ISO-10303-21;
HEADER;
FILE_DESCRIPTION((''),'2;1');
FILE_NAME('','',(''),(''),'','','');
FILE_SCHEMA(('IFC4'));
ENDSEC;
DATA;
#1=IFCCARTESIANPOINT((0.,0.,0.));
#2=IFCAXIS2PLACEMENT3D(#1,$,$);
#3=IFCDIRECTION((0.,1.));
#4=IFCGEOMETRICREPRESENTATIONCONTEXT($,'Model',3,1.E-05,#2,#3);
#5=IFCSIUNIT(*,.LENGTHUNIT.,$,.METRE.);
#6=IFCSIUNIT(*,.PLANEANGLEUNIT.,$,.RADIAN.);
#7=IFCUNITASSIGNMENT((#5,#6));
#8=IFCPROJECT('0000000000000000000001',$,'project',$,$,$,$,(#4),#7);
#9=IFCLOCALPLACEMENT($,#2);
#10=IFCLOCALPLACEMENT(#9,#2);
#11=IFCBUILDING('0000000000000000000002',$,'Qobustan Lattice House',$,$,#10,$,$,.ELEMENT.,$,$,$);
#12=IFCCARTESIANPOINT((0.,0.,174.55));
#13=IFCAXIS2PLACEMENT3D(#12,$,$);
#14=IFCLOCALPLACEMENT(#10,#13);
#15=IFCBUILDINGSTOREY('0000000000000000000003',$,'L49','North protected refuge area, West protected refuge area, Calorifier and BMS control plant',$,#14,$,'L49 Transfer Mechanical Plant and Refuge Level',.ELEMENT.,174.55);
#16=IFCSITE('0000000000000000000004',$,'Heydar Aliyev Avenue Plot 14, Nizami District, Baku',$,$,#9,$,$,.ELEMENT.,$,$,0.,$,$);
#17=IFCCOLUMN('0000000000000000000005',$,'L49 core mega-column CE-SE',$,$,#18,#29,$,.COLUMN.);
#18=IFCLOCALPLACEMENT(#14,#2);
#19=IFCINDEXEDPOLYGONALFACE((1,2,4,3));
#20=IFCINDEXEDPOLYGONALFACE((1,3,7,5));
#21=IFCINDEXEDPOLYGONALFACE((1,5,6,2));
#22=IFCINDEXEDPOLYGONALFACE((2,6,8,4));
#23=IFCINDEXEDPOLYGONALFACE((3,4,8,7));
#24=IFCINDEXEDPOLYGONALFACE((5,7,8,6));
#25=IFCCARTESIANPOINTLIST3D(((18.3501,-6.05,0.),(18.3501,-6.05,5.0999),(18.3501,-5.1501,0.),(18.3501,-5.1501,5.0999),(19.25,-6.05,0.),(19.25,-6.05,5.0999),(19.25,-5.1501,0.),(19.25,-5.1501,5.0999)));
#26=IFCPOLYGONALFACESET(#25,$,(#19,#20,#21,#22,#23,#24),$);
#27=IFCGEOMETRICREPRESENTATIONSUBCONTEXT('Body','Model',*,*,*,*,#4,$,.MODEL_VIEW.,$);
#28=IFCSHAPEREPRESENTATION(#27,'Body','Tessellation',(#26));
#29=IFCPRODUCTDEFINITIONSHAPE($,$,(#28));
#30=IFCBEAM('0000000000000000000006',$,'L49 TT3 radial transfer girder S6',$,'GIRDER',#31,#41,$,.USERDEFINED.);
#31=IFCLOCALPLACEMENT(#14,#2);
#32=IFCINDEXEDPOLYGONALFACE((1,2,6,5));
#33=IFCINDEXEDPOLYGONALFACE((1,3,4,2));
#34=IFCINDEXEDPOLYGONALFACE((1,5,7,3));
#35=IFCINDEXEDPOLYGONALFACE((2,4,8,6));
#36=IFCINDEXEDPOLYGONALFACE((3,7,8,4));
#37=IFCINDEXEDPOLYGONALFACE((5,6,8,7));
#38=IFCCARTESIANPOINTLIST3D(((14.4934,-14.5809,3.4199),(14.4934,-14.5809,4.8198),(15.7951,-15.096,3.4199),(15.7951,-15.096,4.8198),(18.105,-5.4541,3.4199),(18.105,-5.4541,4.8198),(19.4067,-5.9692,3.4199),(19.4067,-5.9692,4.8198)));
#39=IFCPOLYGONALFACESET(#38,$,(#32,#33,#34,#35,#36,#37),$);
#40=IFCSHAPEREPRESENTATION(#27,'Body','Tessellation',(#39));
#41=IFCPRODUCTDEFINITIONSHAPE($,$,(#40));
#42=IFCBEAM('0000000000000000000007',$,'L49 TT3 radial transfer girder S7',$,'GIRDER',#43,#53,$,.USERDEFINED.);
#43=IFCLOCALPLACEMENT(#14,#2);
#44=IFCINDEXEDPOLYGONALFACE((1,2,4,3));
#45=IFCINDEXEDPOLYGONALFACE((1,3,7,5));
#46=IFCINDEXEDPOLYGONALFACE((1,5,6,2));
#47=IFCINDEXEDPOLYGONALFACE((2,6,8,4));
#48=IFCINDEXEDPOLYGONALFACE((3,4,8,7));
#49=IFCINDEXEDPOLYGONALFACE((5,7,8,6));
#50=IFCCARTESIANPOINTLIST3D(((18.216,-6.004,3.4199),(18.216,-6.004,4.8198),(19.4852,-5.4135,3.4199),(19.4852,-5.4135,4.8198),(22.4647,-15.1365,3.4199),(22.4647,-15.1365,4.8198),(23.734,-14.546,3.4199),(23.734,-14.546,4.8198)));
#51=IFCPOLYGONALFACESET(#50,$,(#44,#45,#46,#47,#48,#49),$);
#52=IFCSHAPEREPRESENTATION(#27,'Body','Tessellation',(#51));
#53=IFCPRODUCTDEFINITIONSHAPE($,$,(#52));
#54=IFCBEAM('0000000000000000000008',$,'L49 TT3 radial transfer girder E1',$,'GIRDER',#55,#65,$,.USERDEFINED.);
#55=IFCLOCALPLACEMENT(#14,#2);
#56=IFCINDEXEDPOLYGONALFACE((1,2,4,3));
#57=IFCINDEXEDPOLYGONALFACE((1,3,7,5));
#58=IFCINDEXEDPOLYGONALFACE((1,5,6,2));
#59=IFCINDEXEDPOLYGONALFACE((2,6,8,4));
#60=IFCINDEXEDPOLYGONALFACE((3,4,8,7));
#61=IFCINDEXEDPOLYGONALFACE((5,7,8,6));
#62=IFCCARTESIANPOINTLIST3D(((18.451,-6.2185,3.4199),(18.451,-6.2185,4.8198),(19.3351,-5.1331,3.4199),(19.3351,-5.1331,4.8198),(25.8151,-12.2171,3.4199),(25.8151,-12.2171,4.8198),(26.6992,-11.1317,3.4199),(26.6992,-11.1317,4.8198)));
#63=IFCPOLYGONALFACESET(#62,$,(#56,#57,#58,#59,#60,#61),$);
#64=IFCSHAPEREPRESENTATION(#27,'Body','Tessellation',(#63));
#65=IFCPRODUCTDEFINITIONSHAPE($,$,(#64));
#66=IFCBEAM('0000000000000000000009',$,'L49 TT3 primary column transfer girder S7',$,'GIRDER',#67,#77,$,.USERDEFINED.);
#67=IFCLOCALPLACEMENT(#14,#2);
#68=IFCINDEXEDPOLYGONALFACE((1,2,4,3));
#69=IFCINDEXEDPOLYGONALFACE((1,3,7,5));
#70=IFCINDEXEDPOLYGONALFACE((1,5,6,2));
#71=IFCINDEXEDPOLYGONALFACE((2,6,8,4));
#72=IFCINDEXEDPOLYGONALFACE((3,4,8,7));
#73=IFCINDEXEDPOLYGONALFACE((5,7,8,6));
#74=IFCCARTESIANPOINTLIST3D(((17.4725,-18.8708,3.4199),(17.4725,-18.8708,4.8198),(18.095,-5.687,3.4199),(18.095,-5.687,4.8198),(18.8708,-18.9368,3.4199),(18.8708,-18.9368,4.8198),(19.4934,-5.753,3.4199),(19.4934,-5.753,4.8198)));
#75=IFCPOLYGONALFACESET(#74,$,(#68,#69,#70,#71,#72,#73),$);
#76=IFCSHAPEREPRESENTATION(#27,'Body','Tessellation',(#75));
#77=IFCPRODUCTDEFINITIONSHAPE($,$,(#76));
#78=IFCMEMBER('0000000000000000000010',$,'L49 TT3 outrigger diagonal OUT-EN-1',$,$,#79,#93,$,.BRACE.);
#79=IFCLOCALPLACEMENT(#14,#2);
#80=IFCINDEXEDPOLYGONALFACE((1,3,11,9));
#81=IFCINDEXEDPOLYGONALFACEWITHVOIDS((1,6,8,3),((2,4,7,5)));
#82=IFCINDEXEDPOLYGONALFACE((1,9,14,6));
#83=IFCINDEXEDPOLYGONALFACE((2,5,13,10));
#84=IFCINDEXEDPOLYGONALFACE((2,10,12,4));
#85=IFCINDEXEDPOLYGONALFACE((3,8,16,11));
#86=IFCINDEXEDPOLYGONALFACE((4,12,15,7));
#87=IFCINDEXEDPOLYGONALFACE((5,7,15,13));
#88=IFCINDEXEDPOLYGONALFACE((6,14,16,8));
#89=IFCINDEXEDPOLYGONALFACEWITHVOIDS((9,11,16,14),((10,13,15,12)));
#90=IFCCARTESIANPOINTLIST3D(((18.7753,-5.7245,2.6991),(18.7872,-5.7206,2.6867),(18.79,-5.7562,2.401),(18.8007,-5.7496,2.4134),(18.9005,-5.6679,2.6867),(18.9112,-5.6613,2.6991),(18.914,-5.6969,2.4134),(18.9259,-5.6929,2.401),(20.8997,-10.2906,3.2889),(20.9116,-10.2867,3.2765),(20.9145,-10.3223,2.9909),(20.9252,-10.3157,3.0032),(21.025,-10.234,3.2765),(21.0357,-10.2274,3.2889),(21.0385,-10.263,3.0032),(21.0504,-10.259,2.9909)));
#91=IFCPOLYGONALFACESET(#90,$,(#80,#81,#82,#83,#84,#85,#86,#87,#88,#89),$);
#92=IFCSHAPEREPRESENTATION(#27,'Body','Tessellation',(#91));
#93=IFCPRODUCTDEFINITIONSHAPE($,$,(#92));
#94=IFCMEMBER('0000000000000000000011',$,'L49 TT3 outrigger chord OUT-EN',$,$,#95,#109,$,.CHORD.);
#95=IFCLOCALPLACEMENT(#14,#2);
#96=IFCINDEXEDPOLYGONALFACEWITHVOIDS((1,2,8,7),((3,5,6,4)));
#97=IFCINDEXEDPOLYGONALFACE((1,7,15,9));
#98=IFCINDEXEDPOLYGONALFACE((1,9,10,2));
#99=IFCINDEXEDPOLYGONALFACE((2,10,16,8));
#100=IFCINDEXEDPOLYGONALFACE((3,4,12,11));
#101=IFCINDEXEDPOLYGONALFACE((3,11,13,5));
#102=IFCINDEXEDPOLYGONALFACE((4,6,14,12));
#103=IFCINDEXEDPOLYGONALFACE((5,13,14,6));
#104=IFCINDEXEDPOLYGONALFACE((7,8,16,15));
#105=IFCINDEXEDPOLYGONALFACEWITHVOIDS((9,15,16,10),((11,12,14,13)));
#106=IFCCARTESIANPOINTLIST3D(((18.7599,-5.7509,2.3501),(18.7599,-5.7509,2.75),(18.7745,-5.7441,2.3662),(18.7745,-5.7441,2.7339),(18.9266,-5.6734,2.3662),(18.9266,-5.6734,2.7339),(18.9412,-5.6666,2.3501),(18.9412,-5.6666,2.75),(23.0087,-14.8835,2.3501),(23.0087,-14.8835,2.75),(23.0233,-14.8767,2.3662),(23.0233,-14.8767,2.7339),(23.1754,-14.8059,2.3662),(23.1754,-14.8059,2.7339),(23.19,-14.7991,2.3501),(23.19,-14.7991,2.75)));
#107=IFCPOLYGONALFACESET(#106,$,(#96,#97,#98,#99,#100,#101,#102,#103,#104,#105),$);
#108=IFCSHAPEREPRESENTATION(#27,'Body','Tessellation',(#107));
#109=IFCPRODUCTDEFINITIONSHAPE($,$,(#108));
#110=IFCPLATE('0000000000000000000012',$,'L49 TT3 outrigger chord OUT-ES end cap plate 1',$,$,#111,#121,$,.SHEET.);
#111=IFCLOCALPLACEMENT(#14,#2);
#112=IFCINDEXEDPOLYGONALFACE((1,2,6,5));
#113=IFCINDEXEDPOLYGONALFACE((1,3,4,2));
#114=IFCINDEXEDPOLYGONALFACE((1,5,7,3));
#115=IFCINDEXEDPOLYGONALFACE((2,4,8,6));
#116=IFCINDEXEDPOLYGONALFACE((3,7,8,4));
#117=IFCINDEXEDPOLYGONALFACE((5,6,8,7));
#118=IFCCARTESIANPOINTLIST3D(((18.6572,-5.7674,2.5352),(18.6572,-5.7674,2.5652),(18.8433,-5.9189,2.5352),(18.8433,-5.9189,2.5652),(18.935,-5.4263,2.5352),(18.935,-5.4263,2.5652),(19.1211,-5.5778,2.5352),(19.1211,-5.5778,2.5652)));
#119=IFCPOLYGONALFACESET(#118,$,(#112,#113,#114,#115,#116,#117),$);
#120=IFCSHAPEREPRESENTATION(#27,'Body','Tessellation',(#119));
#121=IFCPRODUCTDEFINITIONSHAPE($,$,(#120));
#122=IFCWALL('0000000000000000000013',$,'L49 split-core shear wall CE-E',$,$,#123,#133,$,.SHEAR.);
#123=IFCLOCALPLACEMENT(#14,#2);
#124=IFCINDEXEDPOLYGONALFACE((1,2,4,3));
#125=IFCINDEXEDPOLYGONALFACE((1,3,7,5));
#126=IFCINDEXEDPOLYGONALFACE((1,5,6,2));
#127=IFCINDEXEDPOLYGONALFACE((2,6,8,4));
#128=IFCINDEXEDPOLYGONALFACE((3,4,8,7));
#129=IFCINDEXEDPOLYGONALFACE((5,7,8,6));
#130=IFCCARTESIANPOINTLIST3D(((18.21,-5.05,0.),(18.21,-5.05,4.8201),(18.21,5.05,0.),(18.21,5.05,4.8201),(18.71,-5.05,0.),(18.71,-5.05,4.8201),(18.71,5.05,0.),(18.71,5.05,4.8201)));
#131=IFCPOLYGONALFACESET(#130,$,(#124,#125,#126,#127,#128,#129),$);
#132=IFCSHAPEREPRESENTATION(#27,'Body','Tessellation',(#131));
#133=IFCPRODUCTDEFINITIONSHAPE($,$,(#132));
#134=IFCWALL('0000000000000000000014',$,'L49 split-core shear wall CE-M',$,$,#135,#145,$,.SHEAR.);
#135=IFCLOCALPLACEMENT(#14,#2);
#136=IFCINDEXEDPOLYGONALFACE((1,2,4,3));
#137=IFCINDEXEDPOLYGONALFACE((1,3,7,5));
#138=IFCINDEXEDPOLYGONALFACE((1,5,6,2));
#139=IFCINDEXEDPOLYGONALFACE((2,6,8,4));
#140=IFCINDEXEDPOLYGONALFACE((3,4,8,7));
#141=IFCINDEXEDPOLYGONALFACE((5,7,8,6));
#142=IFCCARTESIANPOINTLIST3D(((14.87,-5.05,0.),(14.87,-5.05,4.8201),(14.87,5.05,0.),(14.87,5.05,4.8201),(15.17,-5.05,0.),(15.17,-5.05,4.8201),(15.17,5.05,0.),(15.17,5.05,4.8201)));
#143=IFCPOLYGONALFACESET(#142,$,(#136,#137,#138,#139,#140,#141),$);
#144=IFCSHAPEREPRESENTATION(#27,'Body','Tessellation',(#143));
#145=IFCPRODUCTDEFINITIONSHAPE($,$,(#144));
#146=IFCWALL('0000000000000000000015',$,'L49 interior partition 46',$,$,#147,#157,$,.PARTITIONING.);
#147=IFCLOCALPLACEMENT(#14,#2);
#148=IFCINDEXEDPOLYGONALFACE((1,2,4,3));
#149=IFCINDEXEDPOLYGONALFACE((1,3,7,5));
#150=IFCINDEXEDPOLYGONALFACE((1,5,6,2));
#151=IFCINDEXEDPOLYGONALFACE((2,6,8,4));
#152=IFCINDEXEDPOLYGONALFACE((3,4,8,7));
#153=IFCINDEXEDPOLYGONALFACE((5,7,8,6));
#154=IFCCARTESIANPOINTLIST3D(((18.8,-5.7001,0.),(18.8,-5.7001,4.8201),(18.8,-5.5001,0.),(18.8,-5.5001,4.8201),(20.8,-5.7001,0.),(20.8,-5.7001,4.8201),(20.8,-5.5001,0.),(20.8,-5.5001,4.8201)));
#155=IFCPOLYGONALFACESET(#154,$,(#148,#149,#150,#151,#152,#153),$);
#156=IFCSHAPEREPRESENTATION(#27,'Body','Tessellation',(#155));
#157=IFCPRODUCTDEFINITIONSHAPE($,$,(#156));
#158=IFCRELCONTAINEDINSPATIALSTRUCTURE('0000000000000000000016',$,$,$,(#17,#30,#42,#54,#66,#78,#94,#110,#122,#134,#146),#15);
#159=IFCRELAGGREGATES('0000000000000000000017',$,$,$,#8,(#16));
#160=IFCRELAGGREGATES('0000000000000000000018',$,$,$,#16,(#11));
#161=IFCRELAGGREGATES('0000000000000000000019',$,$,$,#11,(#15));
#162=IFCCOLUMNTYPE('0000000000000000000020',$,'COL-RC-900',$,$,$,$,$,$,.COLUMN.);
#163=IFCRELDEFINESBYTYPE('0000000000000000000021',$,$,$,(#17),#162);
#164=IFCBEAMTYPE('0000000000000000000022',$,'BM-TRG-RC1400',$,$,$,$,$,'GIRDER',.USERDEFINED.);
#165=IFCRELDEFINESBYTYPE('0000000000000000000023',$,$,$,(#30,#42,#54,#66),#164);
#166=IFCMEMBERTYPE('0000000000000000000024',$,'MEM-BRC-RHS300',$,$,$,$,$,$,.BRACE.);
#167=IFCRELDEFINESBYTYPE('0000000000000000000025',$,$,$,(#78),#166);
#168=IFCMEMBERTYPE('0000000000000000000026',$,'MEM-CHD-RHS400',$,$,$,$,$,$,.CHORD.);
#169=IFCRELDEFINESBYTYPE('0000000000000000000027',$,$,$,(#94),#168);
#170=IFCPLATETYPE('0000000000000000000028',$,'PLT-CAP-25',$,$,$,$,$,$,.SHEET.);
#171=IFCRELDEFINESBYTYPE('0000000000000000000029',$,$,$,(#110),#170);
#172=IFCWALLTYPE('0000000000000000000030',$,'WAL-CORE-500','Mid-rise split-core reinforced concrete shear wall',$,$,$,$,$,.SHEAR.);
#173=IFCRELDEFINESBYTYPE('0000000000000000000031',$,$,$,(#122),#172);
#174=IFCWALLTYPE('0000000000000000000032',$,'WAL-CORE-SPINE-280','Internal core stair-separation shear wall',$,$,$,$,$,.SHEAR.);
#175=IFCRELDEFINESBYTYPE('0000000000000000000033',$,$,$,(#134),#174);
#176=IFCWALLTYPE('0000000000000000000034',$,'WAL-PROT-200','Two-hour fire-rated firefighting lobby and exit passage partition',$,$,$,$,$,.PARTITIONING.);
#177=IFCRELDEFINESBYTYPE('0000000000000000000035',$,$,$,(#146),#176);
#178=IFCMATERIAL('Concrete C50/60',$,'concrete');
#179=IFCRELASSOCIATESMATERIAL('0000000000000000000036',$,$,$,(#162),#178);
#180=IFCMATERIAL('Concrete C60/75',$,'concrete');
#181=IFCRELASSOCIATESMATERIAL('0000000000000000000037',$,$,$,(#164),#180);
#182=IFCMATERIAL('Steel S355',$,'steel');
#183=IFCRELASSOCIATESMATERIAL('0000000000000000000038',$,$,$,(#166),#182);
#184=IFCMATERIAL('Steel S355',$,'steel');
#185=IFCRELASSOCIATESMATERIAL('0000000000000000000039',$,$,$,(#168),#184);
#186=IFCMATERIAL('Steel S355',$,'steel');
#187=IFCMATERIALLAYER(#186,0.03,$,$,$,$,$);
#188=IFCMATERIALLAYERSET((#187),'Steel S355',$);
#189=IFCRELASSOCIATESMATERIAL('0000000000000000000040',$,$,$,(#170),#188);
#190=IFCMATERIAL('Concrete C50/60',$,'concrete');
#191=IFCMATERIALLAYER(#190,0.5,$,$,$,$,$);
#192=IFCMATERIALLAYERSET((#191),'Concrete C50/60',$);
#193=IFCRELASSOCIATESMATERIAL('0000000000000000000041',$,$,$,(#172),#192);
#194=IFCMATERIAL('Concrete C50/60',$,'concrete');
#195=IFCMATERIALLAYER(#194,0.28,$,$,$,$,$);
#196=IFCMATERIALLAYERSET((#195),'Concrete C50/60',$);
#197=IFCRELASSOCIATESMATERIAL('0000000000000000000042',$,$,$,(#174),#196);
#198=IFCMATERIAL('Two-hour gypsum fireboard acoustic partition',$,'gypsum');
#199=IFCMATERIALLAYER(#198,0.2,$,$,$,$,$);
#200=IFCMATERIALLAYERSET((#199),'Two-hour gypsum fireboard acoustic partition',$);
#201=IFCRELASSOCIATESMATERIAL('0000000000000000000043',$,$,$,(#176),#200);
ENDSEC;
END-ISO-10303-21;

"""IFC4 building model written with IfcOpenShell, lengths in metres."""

from ifc_helpers import new_model, si_unit, direction, frame, frame_2d, origin, origin_2d, place, context, subcontext, project, spatial, rectangle, hollow_rectangle, extrude, material, layer, layer_set, material_profile, profile_set, type_object, element, save


model = new_model("IFC4")

# Units and contexts
model_context = context("Model", 3, precision=1e-05, world=origin(), true_north=direction((0.0, 1.0)))
body_context = subcontext(model_context, "Body", "Model", "MODEL_VIEW")
ifc_project = project(units=[si_unit("LENGTHUNIT", "METRE"), si_unit("PLANEANGLEUNIT", "RADIAN")], contexts=[model_context])

# Site, building, storey
site_placement = place(None, origin())
site = spatial("IfcSite", under=ifc_project, at=site_placement, Name="Heydar Aliyev Avenue Plot 14, Nizami District, Baku", CompositionType="ELEMENT", RefElevation=0.0)
building_placement = place(site_placement, origin())
building = spatial("IfcBuilding", under=site, at=building_placement, Name="Qobustan Lattice House", CompositionType="ELEMENT")
storey_placement = place(building_placement, frame((0.0, 0.0, 174.55)))
storey = spatial("IfcBuildingStorey", under=building, at=storey_placement, Name="L49", Description="North protected refuge area, West protected refuge area, Calorifier and BMS control plant", LongName="L49 Transfer Mechanical Plant and Refuge Level", CompositionType="ELEMENT", Elevation=174.55)

# Column
ifc_material_1 = material(Name="Concrete C50/60", Category="concrete")
ifc_material_profile_1 = material_profile(ifc_material_1, rectangle(XDim=0.8999, YDim=0.8999, at=origin_2d()), Name="RC900x900")
ifc_profile_set_1 = profile_set([ifc_material_profile_1], Name="Concrete C50/60")
column_type = type_object("IfcColumnType", Name="COL-RC-900", PredefinedType="COLUMN", material=ifc_profile_set_1)
column_placement = place(storey_placement, frame((18.8, -5.6001, 0.0), z_axis=(0.0, 0.0, 1.0), x_axis=(1.0, 0.0, 0.0)))
element("IfcColumn", 1, at=column_placement, inside=storey, type_object=column_type, Name="L49 core mega-column CE-SE", PredefinedType="COLUMN", context=body_context, shape_type="SweptSolid", body=[
    extrude(rectangle(XDim=0.8999, YDim=0.8999, at=origin_2d()), origin(), (0.0, 0.0, 1.0), 5.0999),
])

# Beams
ifc_material_2 = material(Name="Concrete C60/75", Category="concrete")
ifc_material_profile_2 = material_profile(ifc_material_2, rectangle(XDim=1.3999, YDim=1.3999, at=origin_2d()), Name="RC1400x1400")
ifc_profile_set_2 = profile_set([ifc_material_profile_2], Name="Concrete C60/75")
beam_type = type_object("IfcBeamType", Name="BM-TRG-RC1400", ElementType="GIRDER", PredefinedType="USERDEFINED", material=ifc_profile_set_2)
beam_1_placement = place(storey_placement, frame((18.7559, -5.7117, 4.1199), z_axis=(-0.367953, -0.929844, 0.0), x_axis=(0.929844, -0.367953, 0.0)))
element("IfcBeam", 2, at=beam_1_placement, inside=storey, type_object=beam_type, Name="L49 TT3 radial transfer girder S6", ObjectType="GIRDER", PredefinedType="USERDEFINED", context=body_context, shape_type="SweptSolid", body=[
    extrude(rectangle(XDim=1.3999, YDim=1.3999, at=origin_2d()), origin(), (0.0, 0.0, 1.0), 9.8154),
])
beam_2_placement = place(storey_placement, frame((18.8506, -5.7087, 4.1199), z_axis=(0.421818, -0.90668, 0.0), x_axis=(0.90668, 0.421818, 0.0)))
element("IfcBeam", 3, at=beam_2_placement, inside=storey, type_object=beam_type, Name="L49 TT3 radial transfer girder S7", ObjectType="GIRDER", PredefinedType="USERDEFINED", context=body_context, shape_type="SweptSolid", body=[
    extrude(rectangle(XDim=1.3999, YDim=1.3999, at=origin_2d()), origin(), (0.0, 0.0, 1.0), 10.0725),
])
beam_3_placement = place(storey_placement, frame((18.8931, -5.6758, 4.1199), z_axis=(0.775326, -0.631561, 0.0), x_axis=(0.631561, 0.775326, 0.0)))
element("IfcBeam", 4, at=beam_3_placement, inside=storey, type_object=beam_type, Name="L49 TT3 radial transfer girder E1", ObjectType="GIRDER", PredefinedType="USERDEFINED", context=body_context, shape_type="SweptSolid", body=[
    extrude(rectangle(XDim=1.3999, YDim=1.3999, at=origin_2d()), origin(), (0.0, 0.0, 1.0), 9.498),
])
beam_4_placement = place(storey_placement, frame((18.7942, -5.72, 4.1199), z_axis=(-0.047169, -0.998887, 0.0), x_axis=(0.998887, -0.047169, 0.0)))
element("IfcBeam", 5, at=beam_4_placement, inside=storey, type_object=beam_type, Name="L49 TT3 primary column transfer girder S7", ObjectType="GIRDER", PredefinedType="USERDEFINED", context=body_context, shape_type="SweptSolid", body=[
    extrude(rectangle(XDim=1.3999, YDim=1.3999, at=origin_2d()), origin(), (0.0, 0.0, 1.0), 13.1985),
])

# Members
ifc_material_3 = material(Name="Steel S355", Category="steel")
ifc_material_profile_3 = material_profile(ifc_material_3, hollow_rectangle(XDim=0.1499, YDim=0.3, WallThickness=0.0125, at=origin_2d()), Name="RHS300x150x12.5")
ifc_profile_set_3 = profile_set([ifc_material_profile_3], Name="Steel S355")
member_type_1 = type_object("IfcMemberType", Name="MEM-BRC-RHS300", PredefinedType="BRACE", material=ifc_profile_set_3)
member_1_placement = place(storey_placement, frame((18.8506, -5.7087, 2.55), z_axis=(0.418984, -0.900512, 0.116326), x_axis=(0.906667, 0.421848, 0.0)))
element("IfcMember", 6, at=member_1_placement, inside=storey, type_object=member_type_1, Name="L49 TT3 outrigger diagonal OUT-EN-1", PredefinedType="BRACE", context=body_context, shape_type="SweptSolid", body=[
    extrude(hollow_rectangle(XDim=0.1499, YDim=0.3, WallThickness=0.0125, at=origin_2d()), origin(), (0.0, 0.0, 1.0), 5.0706),
])
ifc_material_4 = material(Name="Steel S355", Category="steel")
ifc_material_profile_4 = material_profile(ifc_material_4, hollow_rectangle(XDim=0.2, YDim=0.3999, WallThickness=0.0161, at=origin_2d()), Name="RHS400x200x16")
ifc_profile_set_4 = profile_set([ifc_material_profile_4], Name="Steel S355")
member_type_2 = type_object("IfcMemberType", Name="MEM-CHD-RHS400", PredefinedType="CHORD", material=ifc_profile_set_4)
member_2_placement = place(storey_placement, frame((18.8506, -5.7087, 2.55), z_axis=(0.421818, -0.90668, 0.0), x_axis=(0.90668, 0.421818, 0.0)))
element("IfcMember", 7, at=member_2_placement, inside=storey, type_object=member_type_2, Name="L49 TT3 outrigger chord OUT-EN", PredefinedType="CHORD", context=body_context, shape_type="SweptSolid", body=[
    extrude(hollow_rectangle(XDim=0.2, YDim=0.3999, WallThickness=0.0161, at=origin_2d()), origin(), (0.0, 0.0, 1.0), 10.0725),
])

# Plate
ifc_material_5 = material(Name="Steel S355", Category="steel")
ifc_layer_1 = layer(ifc_material_5, 0.03)
ifc_layer_set_1 = layer_set([ifc_layer_1], Name="Steel S355")
plate_type = type_object("IfcPlateType", Name="PLT-CAP-25", PredefinedType="SHEET", material=ifc_layer_set_1)
plate_placement = place(storey_placement, frame((18.8892, -5.6726, 2.5352), z_axis=(0.0, 0.0, 1.0), x_axis=(0.77533, -0.631556, 0.0)))
element("IfcPlate", 8, at=plate_placement, inside=storey, type_object=plate_type, Name="L49 TT3 outrigger chord OUT-ES end cap plate 1", PredefinedType="SHEET", context=body_context, shape_type="SweptSolid", body=[
    extrude(rectangle(XDim=0.24, YDim=0.4399, at=origin_2d()), origin(), (0.0, 0.0, 1.0), 0.03),
])

# Walls
ifc_material_6 = material(Name="Concrete C50/60", Category="concrete")
ifc_layer_2 = layer(ifc_material_6, 0.5)
ifc_layer_set_2 = layer_set([ifc_layer_2], Name="Concrete C50/60")
wall_type_1 = type_object("IfcWallType", Name="WAL-CORE-500", Description="Mid-rise split-core reinforced concrete shear wall", PredefinedType="SHEAR", material=ifc_layer_set_2)
wall_1_placement = place(storey_placement, frame((18.46, -5.05, 0.0), z_axis=(0.0, 0.0, 1.0), x_axis=(0.0, 1.0, 0.0)))
element("IfcWall", 9, at=wall_1_placement, inside=storey, type_object=wall_type_1, Name="L49 split-core shear wall CE-E", PredefinedType="SHEAR", context=body_context, shape_type="SweptSolid", body=[
    extrude(rectangle(XDim=10.1001, YDim=0.5, at=frame_2d((5.05, 0.0))), origin(), (0.0, 0.0, 1.0), 4.8201),
])
ifc_material_7 = material(Name="Concrete C50/60", Category="concrete")
ifc_layer_3 = layer(ifc_material_7, 0.28)
ifc_layer_set_3 = layer_set([ifc_layer_3], Name="Concrete C50/60")
wall_type_2 = type_object("IfcWallType", Name="WAL-CORE-SPINE-280", Description="Internal core stair-separation shear wall", PredefinedType="SHEAR", material=ifc_layer_set_3)
wall_2_placement = place(storey_placement, frame((15.02, -5.05, 0.0), z_axis=(0.0, 0.0, 1.0), x_axis=(0.0, 1.0, 0.0)))
element("IfcWall", 10, at=wall_2_placement, inside=storey, type_object=wall_type_2, Name="L49 split-core shear wall CE-M", PredefinedType="SHEAR", context=body_context, shape_type="SweptSolid", body=[
    extrude(rectangle(XDim=10.1001, YDim=0.3, at=frame_2d((5.05, 0.0))), origin(), (0.0, 0.0, 1.0), 4.8201),
])
ifc_material_8 = material(Name="Two-hour gypsum fireboard acoustic partition", Category="gypsum")
ifc_layer_4 = layer(ifc_material_8, 0.2)
ifc_layer_set_4 = layer_set([ifc_layer_4], Name="Two-hour gypsum fireboard acoustic partition")
wall_type_3 = type_object("IfcWallType", Name="WAL-PROT-200", Description="Two-hour fire-rated firefighting lobby and exit passage partition", PredefinedType="PARTITIONING", material=ifc_layer_set_4)
wall_3_placement = place(storey_placement, frame((18.8, -5.6001, 0.0), z_axis=(0.0, 0.0, 1.0), x_axis=(1.0, 0.0, 0.0)))
element("IfcWall", 11, at=wall_3_placement, inside=storey, type_object=wall_type_3, Name="L49 interior partition 46", PredefinedType="PARTITIONING", context=body_context, shape_type="SweptSolid", body=[
    extrude(rectangle(XDim=2.0, YDim=0.2, at=frame_2d((1.0, 0.0))), origin(), (0.0, 0.0, 1.0), 4.8201),
])

save(model, "model.ifc")
